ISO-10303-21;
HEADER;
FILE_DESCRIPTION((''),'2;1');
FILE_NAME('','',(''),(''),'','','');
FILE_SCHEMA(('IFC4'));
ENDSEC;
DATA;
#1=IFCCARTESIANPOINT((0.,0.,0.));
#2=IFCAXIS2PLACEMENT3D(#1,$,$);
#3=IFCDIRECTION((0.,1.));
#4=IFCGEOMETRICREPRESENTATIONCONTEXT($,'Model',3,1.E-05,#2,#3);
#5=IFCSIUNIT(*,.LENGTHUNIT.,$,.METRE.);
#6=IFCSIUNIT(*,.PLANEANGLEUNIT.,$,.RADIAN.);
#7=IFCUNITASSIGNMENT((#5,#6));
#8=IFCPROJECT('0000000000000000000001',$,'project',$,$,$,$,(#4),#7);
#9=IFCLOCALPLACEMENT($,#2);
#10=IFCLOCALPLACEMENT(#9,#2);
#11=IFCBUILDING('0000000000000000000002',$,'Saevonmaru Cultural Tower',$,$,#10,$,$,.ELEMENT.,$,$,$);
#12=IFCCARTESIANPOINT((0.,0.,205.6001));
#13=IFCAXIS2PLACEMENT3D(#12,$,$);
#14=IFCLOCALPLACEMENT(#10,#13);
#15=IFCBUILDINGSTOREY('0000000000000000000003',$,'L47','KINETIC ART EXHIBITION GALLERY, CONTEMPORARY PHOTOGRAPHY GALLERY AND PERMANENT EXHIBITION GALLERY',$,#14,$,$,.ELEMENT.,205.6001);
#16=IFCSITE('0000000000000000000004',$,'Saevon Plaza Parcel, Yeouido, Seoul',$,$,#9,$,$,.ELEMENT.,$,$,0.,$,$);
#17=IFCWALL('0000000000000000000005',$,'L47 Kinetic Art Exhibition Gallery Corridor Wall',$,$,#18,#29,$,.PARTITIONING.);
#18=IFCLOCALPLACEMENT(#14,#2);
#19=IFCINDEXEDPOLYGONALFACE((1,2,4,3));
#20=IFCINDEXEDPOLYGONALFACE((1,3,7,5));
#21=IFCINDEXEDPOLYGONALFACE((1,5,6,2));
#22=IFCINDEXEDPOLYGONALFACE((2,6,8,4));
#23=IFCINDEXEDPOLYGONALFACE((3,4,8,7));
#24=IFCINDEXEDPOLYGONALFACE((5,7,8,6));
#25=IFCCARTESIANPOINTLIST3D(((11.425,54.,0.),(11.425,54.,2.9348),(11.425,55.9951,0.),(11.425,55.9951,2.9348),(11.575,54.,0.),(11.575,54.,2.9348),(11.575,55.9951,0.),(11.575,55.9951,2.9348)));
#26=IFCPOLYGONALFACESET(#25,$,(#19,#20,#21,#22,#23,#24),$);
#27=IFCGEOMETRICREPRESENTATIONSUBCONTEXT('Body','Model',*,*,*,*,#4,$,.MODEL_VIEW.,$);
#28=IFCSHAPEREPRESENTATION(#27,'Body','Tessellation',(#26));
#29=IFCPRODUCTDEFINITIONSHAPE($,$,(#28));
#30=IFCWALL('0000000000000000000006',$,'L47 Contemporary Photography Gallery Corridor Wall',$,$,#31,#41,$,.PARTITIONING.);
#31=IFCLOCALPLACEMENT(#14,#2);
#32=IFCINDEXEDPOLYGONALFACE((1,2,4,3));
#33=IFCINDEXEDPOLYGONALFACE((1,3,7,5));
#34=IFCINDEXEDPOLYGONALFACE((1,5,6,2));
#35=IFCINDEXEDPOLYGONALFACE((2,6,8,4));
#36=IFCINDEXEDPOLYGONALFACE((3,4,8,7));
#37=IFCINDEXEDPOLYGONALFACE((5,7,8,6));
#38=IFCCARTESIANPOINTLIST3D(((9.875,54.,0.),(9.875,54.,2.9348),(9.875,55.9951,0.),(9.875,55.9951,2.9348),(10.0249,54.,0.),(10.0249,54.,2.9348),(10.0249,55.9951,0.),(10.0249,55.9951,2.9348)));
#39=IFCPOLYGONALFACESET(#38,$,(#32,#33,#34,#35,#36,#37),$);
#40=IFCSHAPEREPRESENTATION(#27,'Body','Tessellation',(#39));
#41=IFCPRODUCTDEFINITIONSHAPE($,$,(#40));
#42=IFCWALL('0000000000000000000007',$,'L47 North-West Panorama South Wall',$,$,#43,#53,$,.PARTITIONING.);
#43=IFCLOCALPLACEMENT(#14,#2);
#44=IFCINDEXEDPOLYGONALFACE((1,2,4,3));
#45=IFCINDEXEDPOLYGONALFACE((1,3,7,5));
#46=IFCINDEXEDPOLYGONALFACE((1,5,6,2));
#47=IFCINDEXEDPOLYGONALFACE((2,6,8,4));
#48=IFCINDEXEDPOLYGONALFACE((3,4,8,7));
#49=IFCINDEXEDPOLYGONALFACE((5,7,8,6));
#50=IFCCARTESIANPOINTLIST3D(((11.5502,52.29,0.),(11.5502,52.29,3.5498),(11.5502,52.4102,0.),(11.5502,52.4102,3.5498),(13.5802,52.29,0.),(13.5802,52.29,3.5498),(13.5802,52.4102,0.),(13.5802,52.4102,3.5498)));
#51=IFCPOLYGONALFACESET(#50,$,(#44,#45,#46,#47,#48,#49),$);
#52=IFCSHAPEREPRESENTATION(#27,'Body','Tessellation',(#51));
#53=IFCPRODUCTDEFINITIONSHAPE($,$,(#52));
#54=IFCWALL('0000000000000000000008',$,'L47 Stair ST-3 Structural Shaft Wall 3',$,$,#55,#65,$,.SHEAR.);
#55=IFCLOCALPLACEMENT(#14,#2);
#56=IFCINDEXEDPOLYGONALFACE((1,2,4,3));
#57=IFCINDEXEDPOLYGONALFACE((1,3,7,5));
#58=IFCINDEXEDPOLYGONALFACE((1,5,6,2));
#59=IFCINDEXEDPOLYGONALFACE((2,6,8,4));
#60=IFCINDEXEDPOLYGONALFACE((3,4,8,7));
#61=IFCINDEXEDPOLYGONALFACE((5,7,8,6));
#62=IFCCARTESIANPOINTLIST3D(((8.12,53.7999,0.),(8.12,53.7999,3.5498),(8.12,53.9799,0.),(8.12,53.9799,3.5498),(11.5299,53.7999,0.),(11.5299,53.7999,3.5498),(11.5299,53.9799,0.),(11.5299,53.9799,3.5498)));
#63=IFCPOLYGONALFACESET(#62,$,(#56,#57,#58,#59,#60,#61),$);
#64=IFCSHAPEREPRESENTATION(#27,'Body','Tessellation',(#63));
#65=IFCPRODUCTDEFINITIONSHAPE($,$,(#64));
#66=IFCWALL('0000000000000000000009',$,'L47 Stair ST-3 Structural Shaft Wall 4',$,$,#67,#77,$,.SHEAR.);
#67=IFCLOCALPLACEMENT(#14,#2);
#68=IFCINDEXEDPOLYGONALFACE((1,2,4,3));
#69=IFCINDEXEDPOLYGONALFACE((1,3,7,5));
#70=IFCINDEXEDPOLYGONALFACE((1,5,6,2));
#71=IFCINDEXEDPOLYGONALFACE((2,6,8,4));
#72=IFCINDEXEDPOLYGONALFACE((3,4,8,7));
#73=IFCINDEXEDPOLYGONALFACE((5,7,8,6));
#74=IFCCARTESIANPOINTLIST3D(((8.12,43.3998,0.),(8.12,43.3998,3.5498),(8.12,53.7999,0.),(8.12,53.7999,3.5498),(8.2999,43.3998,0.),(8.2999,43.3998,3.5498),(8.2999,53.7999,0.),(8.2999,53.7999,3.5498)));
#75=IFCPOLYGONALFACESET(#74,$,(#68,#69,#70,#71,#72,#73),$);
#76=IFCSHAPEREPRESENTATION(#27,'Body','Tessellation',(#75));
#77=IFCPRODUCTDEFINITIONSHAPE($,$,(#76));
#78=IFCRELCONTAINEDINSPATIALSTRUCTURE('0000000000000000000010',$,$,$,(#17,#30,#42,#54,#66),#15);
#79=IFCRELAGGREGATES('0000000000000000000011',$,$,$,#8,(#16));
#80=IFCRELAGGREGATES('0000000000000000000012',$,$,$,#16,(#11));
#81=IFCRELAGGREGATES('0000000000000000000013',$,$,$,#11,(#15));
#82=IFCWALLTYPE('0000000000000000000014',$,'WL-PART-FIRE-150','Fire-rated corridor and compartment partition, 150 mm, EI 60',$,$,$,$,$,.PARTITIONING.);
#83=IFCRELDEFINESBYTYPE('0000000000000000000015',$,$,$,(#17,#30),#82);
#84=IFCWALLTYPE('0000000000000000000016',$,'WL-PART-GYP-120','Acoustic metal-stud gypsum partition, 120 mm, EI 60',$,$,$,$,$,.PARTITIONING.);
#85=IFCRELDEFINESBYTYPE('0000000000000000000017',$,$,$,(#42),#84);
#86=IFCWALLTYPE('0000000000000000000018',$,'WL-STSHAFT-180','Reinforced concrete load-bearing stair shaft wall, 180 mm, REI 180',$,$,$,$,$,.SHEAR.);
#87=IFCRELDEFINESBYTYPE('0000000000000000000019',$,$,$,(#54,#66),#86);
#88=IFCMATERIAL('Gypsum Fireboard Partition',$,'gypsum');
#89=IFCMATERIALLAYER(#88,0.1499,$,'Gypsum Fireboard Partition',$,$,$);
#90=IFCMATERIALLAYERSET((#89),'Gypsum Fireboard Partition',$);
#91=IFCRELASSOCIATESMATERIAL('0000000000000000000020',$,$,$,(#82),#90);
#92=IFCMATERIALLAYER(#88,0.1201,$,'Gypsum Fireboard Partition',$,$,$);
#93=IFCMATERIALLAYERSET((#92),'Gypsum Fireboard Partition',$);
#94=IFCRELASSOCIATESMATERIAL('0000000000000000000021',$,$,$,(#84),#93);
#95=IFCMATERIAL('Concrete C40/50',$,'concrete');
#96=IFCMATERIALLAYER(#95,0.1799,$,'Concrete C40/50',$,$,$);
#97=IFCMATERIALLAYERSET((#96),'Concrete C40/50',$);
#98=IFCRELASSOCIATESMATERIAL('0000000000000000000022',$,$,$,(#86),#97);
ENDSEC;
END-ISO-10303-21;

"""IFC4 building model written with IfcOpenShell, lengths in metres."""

from ifc_helpers import new_model, si_unit, direction, frame, frame_2d, origin, place, context, subcontext, project, spatial, rectangle, extrude, material, layer, layer_set, type_object, element, save


model = new_model("IFC4")

# Units and contexts
model_context = context("Model", 3, precision=1e-05, world=origin(), true_north=direction((0.0, 1.0)))
body_context = subcontext(model_context, "Body", "Model", "MODEL_VIEW")
ifc_project = project(units=[si_unit("LENGTHUNIT", "METRE"), si_unit("PLANEANGLEUNIT", "RADIAN")], contexts=[model_context])

# Site, building, storey
site_placement = place(None, origin())
site = spatial("IfcSite", under=ifc_project, at=site_placement, Name="Saevon Plaza Parcel, Yeouido, Seoul", CompositionType="ELEMENT", RefElevation=0.0)
building_placement = place(site_placement, origin())
building = spatial("IfcBuilding", under=site, at=building_placement, Name="Saevonmaru Cultural Tower", CompositionType="ELEMENT")
storey_placement = place(building_placement, frame((0.0, 0.0, 205.6001)))
storey = spatial("IfcBuildingStorey", under=building, at=storey_placement, Name="L47", Description="KINETIC ART EXHIBITION GALLERY, CONTEMPORARY PHOTOGRAPHY GALLERY AND PERMANENT EXHIBITION GALLERY", CompositionType="ELEMENT", Elevation=205.6001)

# Walls
ifc_material_1 = material(Name="Gypsum Fireboard Partition", Category="gypsum")
ifc_layer_1 = layer(ifc_material_1, 0.1499, Name="Gypsum Fireboard Partition")
ifc_layer_set_1 = layer_set([ifc_layer_1], Name="Gypsum Fireboard Partition")
wall_type_1 = type_object("IfcWallType", Name="WL-PART-FIRE-150", Description="Fire-rated corridor and compartment partition, 150 mm, EI 60", PredefinedType="PARTITIONING", material=ifc_layer_set_1)
for number, where, z_axis, x_axis, name in (
    (1, (11.5, 54.0, 0.0), (0.0, 0.0, 1.0), (0.0, 1.0, 0.0), "L47 Kinetic Art Exhibition Gallery Corridor Wall"),
    (2, (9.95, 54.0, 0.0), (0.0, 0.0, 1.0), (0.0, 1.0, 0.0), "L47 Contemporary Photography Gallery Corridor Wall"),
):
    element("IfcWall", number, at=place(storey_placement, frame(where, z_axis=z_axis, x_axis=x_axis)), inside=storey, type_object=wall_type_1, Name=name, PredefinedType="PARTITIONING", context=body_context, shape_type="SweptSolid", body=[
        extrude(rectangle(XDim=1.9951, YDim=0.1499, at=frame_2d((0.9976, 0.0))), origin(), (0.0, 0.0, 1.0), 2.9348),
    ])
ifc_layer_2 = layer(ifc_material_1, 0.1201, Name="Gypsum Fireboard Partition")
ifc_layer_set_2 = layer_set([ifc_layer_2], Name="Gypsum Fireboard Partition")
wall_type_2 = type_object("IfcWallType", Name="WL-PART-GYP-120", Description="Acoustic metal-stud gypsum partition, 120 mm, EI 60", PredefinedType="PARTITIONING", material=ifc_layer_set_2)
wall_1_placement = place(storey_placement, frame((11.55, 52.3501, 0.0), z_axis=(0.0, 0.0, 1.0), x_axis=(1.0, 0.0, 0.0)))
element("IfcWall", 3, at=wall_1_placement, inside=storey, type_object=wall_type_2, Name="L47 North-West Panorama South Wall", PredefinedType="PARTITIONING", context=body_context, shape_type="SweptSolid", body=[
    extrude(rectangle(XDim=2.03, YDim=0.1201, at=frame_2d((1.0151, 0.0))), origin(), (0.0, 0.0, 1.0), 3.5498),
])
ifc_material_2 = material(Name="Concrete C40/50", Category="concrete")
ifc_layer_3 = layer(ifc_material_2, 0.1799, Name="Concrete C40/50")
ifc_layer_set_3 = layer_set([ifc_layer_3], Name="Concrete C40/50")
wall_type_3 = type_object("IfcWallType", Name="WL-STSHAFT-180", Description="Reinforced concrete load-bearing stair shaft wall, 180 mm, REI 180", PredefinedType="SHEAR", material=ifc_layer_set_3)
wall_2_placement = place(storey_placement, frame((11.53, 53.8899, 0.0), z_axis=(0.0, 0.0, 1.0), x_axis=(-1.0, 0.0, 0.0)))
element("IfcWall", 4, at=wall_2_placement, inside=storey, type_object=wall_type_3, Name="L47 Stair ST-3 Structural Shaft Wall 3", PredefinedType="SHEAR", context=body_context, shape_type="SweptSolid", body=[
    extrude(rectangle(XDim=3.4099, YDim=0.1799, at=frame_2d((1.7051, 0.0))), origin(), (0.0, 0.0, 1.0), 3.5498),
])
wall_3_placement = place(storey_placement, frame((8.21, 53.8, 0.0), z_axis=(0.0, 0.0, 1.0), x_axis=(0.0, -1.0, 0.0)))
element("IfcWall", 5, at=wall_3_placement, inside=storey, type_object=wall_type_3, Name="L47 Stair ST-3 Structural Shaft Wall 4", PredefinedType="SHEAR", context=body_context, shape_type="SweptSolid", body=[
    extrude(rectangle(XDim=10.4001, YDim=0.1799, at=frame_2d((5.2002, 0.0))), origin(), (0.0, 0.0, 1.0), 3.5498),
])

save(model, "model.ifc")
